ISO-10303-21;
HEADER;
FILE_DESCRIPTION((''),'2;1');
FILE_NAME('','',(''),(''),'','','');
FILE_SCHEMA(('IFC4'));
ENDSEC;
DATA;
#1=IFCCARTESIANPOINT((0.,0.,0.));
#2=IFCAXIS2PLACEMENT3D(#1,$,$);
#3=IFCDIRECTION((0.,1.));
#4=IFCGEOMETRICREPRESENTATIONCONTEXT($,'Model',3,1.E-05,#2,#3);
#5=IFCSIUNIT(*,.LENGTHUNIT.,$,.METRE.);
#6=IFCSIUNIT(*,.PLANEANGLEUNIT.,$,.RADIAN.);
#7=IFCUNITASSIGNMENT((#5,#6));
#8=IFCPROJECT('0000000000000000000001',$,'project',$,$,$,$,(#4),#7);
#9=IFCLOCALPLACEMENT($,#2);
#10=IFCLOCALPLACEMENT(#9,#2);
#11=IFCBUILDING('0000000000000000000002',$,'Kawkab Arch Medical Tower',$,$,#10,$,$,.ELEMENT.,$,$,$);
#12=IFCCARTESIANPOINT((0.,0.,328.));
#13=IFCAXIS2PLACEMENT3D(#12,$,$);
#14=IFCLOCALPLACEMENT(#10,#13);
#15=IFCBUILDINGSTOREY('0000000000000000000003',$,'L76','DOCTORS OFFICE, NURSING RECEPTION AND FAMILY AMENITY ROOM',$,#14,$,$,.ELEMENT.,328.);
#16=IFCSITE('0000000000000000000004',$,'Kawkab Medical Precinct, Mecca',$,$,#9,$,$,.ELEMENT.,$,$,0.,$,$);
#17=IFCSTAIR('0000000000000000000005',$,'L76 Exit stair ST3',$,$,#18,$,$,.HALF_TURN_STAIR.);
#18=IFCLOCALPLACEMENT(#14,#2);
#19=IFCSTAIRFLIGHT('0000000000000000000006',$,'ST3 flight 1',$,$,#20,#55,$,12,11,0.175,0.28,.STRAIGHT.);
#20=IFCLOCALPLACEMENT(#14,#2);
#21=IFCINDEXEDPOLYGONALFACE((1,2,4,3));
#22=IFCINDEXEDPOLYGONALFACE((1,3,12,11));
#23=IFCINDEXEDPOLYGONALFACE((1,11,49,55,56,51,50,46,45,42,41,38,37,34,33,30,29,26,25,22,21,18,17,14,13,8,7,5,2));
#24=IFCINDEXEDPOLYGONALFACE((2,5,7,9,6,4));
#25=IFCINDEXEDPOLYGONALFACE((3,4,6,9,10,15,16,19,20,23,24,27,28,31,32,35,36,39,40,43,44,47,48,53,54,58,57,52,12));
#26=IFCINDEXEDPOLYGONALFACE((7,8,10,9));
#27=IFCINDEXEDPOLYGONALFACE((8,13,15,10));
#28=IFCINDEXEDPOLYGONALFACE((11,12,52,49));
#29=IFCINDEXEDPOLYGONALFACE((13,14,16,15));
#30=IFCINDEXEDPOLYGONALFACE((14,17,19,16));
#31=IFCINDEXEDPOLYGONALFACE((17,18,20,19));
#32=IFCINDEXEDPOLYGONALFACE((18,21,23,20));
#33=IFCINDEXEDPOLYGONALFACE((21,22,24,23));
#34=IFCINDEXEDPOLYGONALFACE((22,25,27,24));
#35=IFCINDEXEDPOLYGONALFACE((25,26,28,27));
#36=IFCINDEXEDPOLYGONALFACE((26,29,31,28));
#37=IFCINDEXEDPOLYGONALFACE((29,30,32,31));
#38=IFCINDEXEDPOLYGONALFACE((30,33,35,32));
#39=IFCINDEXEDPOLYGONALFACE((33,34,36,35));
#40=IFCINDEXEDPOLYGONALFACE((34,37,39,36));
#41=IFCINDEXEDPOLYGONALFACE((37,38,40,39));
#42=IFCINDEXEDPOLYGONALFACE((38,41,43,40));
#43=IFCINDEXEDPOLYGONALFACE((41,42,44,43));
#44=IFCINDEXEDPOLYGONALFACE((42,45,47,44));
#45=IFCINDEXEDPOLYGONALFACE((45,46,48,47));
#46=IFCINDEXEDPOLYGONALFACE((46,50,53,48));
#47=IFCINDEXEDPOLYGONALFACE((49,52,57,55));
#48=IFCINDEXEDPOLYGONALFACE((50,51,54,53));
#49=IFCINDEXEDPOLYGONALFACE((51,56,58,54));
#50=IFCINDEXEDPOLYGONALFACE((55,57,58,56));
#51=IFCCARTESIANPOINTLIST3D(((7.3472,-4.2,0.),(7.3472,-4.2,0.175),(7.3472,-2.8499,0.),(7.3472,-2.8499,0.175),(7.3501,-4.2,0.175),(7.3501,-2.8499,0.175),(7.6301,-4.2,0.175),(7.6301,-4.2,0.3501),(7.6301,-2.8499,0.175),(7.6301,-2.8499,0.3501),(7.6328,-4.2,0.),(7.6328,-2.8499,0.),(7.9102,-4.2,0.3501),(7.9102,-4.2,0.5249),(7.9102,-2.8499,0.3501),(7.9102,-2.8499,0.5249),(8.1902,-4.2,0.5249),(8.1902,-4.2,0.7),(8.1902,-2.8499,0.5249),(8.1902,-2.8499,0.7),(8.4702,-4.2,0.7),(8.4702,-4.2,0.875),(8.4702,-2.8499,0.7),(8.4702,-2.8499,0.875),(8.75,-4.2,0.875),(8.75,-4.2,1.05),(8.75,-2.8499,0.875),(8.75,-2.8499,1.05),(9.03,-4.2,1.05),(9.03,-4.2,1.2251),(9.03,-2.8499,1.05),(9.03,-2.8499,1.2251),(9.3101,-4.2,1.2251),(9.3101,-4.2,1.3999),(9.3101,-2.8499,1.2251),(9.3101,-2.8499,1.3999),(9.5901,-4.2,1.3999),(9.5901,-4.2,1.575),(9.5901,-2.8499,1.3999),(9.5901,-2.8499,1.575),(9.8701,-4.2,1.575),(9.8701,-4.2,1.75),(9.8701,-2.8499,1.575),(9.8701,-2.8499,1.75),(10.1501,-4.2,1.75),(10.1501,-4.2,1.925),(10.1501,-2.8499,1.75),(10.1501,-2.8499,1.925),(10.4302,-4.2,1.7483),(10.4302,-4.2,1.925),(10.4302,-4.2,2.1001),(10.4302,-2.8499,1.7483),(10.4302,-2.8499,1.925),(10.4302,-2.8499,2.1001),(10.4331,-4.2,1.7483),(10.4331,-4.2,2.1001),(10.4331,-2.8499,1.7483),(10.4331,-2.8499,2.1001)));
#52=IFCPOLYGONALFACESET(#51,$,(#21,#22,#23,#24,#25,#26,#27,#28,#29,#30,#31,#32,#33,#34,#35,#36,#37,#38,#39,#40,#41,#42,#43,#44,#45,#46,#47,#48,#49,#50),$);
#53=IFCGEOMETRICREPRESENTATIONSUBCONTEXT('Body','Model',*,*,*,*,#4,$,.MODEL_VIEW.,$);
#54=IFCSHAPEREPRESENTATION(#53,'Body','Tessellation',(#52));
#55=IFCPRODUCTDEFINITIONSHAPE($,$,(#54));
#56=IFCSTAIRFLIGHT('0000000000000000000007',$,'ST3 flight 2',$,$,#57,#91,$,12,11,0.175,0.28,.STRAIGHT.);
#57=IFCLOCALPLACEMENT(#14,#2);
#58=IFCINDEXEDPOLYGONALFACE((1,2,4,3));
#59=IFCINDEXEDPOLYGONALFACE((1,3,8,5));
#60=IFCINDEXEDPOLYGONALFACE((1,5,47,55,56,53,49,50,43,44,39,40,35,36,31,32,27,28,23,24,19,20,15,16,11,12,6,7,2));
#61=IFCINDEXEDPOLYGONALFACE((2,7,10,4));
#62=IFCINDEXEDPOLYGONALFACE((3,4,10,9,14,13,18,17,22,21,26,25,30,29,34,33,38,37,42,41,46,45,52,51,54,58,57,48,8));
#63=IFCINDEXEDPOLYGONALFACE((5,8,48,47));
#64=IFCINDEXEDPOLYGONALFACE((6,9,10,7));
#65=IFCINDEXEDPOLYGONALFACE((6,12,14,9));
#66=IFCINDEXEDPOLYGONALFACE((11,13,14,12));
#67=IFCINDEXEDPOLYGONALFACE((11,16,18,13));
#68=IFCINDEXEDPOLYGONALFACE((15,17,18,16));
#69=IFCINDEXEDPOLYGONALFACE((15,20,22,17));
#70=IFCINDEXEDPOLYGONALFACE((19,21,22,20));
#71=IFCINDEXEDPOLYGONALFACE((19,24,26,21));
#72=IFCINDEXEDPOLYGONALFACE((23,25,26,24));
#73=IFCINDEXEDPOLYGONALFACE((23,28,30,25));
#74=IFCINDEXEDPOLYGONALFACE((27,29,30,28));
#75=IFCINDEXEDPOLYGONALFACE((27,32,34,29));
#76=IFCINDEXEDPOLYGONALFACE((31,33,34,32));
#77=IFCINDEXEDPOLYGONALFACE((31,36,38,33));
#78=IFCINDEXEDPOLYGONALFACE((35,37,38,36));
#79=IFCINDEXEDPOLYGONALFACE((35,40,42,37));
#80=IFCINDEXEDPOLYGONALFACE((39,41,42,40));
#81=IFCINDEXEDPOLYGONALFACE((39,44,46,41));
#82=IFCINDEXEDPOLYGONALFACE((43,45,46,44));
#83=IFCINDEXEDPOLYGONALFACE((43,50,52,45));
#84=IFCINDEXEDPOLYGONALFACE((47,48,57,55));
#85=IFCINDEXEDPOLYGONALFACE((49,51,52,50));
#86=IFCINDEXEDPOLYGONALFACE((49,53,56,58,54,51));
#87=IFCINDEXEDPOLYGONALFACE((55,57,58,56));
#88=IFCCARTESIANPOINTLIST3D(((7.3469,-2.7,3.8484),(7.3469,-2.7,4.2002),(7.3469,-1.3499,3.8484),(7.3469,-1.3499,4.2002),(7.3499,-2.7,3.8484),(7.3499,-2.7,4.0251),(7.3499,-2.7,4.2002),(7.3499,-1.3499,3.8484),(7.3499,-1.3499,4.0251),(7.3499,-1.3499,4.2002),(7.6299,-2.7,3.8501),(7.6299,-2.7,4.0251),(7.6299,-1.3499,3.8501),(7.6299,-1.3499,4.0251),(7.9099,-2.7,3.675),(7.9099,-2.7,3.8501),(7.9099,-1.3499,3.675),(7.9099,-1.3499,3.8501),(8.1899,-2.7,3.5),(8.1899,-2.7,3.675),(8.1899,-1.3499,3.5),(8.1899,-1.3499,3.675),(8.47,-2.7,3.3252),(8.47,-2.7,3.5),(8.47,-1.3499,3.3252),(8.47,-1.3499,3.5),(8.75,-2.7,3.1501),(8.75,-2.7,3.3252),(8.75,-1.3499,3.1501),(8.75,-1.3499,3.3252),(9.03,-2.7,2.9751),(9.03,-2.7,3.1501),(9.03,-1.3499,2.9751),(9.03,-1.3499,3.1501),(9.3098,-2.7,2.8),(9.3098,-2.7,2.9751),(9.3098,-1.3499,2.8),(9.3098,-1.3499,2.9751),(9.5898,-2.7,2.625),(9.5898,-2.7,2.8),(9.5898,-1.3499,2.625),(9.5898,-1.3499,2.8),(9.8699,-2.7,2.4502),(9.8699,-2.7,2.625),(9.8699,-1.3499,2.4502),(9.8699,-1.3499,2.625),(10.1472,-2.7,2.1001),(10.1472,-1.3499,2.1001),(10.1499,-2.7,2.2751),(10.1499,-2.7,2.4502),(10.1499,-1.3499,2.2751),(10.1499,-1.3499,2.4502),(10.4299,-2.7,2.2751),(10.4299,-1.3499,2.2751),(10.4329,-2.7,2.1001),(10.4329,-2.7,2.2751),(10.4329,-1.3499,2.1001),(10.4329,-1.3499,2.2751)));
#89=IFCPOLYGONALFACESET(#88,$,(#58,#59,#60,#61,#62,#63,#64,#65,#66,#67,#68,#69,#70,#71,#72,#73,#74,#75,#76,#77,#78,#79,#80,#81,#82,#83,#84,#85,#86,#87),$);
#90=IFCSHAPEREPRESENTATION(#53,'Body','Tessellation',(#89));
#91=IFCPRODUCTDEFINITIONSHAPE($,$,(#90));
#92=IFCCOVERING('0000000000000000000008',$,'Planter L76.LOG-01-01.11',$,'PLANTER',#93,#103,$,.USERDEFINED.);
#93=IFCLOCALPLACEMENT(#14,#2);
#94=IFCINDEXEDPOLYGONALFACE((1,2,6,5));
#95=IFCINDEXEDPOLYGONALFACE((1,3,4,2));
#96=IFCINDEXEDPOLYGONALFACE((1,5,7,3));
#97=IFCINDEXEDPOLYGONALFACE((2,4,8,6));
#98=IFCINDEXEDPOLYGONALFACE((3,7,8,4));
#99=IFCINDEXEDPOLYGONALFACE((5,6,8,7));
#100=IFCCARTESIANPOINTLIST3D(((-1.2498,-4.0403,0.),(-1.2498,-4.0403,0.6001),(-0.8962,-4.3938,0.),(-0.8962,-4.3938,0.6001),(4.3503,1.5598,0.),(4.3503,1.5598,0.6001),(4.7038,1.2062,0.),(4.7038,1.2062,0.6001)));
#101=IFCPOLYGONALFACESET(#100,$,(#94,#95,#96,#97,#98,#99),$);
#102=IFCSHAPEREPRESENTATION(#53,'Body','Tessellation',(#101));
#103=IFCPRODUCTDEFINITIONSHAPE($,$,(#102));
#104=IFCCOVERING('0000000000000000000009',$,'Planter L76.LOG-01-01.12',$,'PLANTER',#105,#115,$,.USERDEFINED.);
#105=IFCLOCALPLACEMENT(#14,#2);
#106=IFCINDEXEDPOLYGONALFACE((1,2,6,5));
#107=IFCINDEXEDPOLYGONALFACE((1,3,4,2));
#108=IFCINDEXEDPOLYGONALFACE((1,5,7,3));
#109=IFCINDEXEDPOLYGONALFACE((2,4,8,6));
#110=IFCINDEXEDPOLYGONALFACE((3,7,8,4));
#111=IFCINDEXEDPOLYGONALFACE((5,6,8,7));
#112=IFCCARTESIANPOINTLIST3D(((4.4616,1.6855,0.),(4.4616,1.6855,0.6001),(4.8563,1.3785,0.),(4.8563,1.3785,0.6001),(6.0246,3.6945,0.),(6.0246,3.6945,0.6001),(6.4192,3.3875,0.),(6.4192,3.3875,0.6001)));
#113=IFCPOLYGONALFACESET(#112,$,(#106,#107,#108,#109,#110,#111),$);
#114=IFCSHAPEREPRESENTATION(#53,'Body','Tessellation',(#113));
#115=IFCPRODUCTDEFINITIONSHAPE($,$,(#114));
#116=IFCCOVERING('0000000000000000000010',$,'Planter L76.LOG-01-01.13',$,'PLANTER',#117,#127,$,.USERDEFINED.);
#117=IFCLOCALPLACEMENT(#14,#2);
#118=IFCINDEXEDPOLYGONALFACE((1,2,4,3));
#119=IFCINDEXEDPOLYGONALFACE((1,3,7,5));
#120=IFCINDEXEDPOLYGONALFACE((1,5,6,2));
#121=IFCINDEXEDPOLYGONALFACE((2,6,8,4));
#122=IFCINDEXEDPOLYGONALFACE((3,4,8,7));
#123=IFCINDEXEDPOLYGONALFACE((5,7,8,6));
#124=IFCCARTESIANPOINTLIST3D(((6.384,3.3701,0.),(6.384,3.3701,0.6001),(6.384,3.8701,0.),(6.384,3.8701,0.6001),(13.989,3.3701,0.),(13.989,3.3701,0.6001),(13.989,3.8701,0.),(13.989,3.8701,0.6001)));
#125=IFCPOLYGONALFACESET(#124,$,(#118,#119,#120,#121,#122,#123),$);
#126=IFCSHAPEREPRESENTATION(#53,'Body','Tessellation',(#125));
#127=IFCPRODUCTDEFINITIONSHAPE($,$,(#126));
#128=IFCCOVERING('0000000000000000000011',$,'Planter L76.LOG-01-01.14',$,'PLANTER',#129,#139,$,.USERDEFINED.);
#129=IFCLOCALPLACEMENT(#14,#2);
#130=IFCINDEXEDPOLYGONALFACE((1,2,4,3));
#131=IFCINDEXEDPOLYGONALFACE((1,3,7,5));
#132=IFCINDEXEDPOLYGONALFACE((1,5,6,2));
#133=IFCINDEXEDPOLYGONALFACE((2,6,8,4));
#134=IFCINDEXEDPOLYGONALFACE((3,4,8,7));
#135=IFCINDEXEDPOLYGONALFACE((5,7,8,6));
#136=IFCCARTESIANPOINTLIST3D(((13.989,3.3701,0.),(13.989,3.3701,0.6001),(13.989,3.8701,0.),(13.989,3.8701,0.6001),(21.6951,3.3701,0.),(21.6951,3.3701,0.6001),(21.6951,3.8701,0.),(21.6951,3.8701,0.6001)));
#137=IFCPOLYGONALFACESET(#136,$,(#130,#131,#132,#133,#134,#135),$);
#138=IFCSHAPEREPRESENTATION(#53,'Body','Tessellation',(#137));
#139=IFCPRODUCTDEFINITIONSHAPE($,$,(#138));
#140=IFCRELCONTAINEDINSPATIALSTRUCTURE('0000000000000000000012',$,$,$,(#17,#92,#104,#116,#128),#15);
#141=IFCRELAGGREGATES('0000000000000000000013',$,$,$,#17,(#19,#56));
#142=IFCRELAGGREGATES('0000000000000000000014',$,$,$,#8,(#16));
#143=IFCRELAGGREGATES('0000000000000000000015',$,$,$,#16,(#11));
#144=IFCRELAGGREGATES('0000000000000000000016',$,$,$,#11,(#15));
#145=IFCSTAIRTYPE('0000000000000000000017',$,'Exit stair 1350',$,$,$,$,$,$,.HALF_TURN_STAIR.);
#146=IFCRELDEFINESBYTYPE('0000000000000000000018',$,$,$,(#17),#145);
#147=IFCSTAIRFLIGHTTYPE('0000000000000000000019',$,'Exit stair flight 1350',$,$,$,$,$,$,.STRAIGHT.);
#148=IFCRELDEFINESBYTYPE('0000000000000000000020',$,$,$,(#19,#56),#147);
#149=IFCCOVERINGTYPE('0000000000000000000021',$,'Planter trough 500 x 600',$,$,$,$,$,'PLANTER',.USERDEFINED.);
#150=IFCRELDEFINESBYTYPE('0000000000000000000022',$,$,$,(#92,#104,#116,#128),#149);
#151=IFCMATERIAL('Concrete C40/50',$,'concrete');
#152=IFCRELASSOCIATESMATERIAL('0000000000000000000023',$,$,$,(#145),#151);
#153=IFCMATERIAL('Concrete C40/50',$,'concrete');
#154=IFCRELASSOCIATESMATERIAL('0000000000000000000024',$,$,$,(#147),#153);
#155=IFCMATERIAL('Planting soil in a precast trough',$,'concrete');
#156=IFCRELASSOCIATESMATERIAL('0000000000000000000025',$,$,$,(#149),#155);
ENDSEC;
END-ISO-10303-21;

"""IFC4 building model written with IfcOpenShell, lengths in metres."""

from ifc_helpers import new_model, si_unit, direction, frame, origin, origin_2d, place, context, subcontext, project, spatial, polyline, rectangle, outline, extrude, material, material_profile, profile_set, type_object, element, aggregate, save


model = new_model("IFC4")

# Units and contexts
model_context = context("Model", 3, precision=1e-05, world=origin(), true_north=direction((0.0, 1.0)))
body_context = subcontext(model_context, "Body", "Model", "MODEL_VIEW")
ifc_project = project(units=[si_unit("LENGTHUNIT", "METRE"), si_unit("PLANEANGLEUNIT", "RADIAN")], contexts=[model_context])

# Site, building, storey
site_placement = place(None, origin())
site = spatial("IfcSite", under=ifc_project, at=site_placement, Name="Kawkab Medical Precinct, Mecca", CompositionType="ELEMENT", RefElevation=0.0)
building_placement = place(site_placement, origin())
building = spatial("IfcBuilding", under=site, at=building_placement, Name="Kawkab Arch Medical Tower", CompositionType="ELEMENT")
storey_placement = place(building_placement, frame((0.0, 0.0, 328.0)))
storey = spatial("IfcBuildingStorey", under=building, at=storey_placement, Name="L76", Description="DOCTORS OFFICE, NURSING RECEPTION AND FAMILY AMENITY ROOM", CompositionType="ELEMENT", Elevation=328.0)

# Shared definitions
placement_1 = place(storey_placement, origin())

# Stair
ifc_material_1 = material(Name="Concrete C40/50", Category="concrete")
stair_type = type_object("IfcStairType", Name="Exit stair 1350", PredefinedType="HALF_TURN_STAIR", material=ifc_material_1)
stair_1 = element("IfcStair", 1, at=placement_1, inside=storey, type_object=stair_type, Name="L76 Exit stair ST3", PredefinedType="HALF_TURN_STAIR")

# Stair flights
ifc_material_2 = material(Name="Concrete C40/50", Category="concrete")
stair_flight_type = type_object("IfcStairFlightType", Name="Exit stair flight 1350", PredefinedType="STRAIGHT", material=ifc_material_2)
stair_flight_1_placement = place(storey_placement, frame((7.3501, -3.5249, 0.0), z_axis=(0.0, 0.0, 1.0), x_axis=(1.0, 0.0, 0.0)))
stair_flight_1 = element("IfcStairFlight", 2, at=stair_flight_1_placement, type_object=stair_flight_type, Name="ST3 flight 1", NumberOfRisers=12, NumberOfTreads=11, PredefinedType="STRAIGHT", RiserHeight=0.175, TreadLength=0.28, context=body_context, shape_type="SweptSolid", body=[
    extrude(outline(polyline([(-0.0029, 0.0), (-0.0029, 0.175), (0.0, 0.175), (0.28, 0.175), (0.28, 0.3501), (0.5601, 0.3501), (0.5601, 0.5249), (0.8401, 0.5249), (0.8401, 0.7), (1.1201, 0.7), (1.1201, 0.875), (1.3999, 0.875), (1.3999, 1.05), (1.6799, 1.05), (1.6799, 1.2251), (1.96, 1.2251), (1.96, 1.3999), (2.24, 1.3999), (2.24, 1.575), (2.52, 1.575), (2.52, 1.75), (2.8, 1.75), (2.8, 1.925), (3.0801, 1.925), (3.0801, 2.1001), (3.083, 2.1001), (3.083, 1.7483), (3.0801, 1.7483), (0.2827, 0.0), (-0.0029, 0.0)])), frame((0.0, 0.675, 0.0), z_axis=(0.0, -1.0, 0.0), x_axis=(1.0, 0.0, 0.0)), (0.0, 0.0, 1.0), 1.3501),
])
stair_flight_2_placement = place(storey_placement, frame((10.4299, -2.0249, 2.1001), z_axis=(0.0, 0.0, 1.0), x_axis=(-1.0, 0.0, 0.0)))
stair_flight_2 = element("IfcStairFlight", 3, at=stair_flight_2_placement, type_object=stair_flight_type, Name="ST3 flight 2", NumberOfRisers=12, NumberOfTreads=11, PredefinedType="STRAIGHT", RiserHeight=0.175, TreadLength=0.28, context=body_context, shape_type="SweptSolid", body=[
    extrude(outline(polyline([(-0.0029, 0.0), (-0.0029, 0.175), (0.0, 0.175), (0.28, 0.175), (0.28, 0.3501), (0.5601, 0.3501), (0.5601, 0.5249), (0.8401, 0.5249), (0.8401, 0.7), (1.1201, 0.7), (1.1201, 0.875), (1.3999, 0.875), (1.3999, 1.05), (1.6799, 1.05), (1.6799, 1.2251), (1.96, 1.2251), (1.96, 1.3999), (2.24, 1.3999), (2.24, 1.575), (2.52, 1.575), (2.52, 1.75), (2.8, 1.75), (2.8, 1.925), (3.0801, 1.925), (3.0801, 2.1001), (3.083, 2.1001), (3.083, 1.7483), (3.0801, 1.7483), (0.2827, 0.0), (-0.0029, 0.0)])), frame((0.0, 0.675, 0.0), z_axis=(0.0, -1.0, 0.0), x_axis=(1.0, 0.0, 0.0)), (0.0, 0.0, 1.0), 1.3501),
])
aggregate(stair_1, [stair_flight_1, stair_flight_2])

# Coverings
ifc_material_3 = material(Name="Planting soil in a precast trough", Category="concrete")
ifc_material_profile_1 = material_profile(ifc_material_3, rectangle(XDim=0.5, YDim=0.6001, at=origin_2d()), Name="Trough 500x600")
ifc_profile_set_1 = profile_set([ifc_material_profile_1], Name="Planting soil in a precast trough")
covering_type = type_object("IfcCoveringType", Name="Planter trough 500 x 600", ElementType="PLANTER", PredefinedType="USERDEFINED", material=ifc_profile_set_1)
covering_1_placement = place(storey_placement, frame((-1.073, -4.217, 0.3), z_axis=(0.707107, 0.707107, 0.0), x_axis=(-0.707107, 0.707107, 0.0)))
element("IfcCovering", 4, at=covering_1_placement, inside=storey, type_object=covering_type, Name="Planter L76.LOG-01-01.11", ObjectType="PLANTER", PredefinedType="USERDEFINED", context=body_context, shape_type="SweptSolid", body=[
    extrude(rectangle(XDim=0.5, YDim=0.6001, at=origin_2d()), origin(), (0.0, 0.0, 1.0), 7.9197),
])
covering_2_placement = place(storey_placement, frame((4.6589, 1.532, 0.3), z_axis=(0.61404, 0.789275, 0.0), x_axis=(-0.789275, 0.61404, 0.0)))
element("IfcCovering", 5, at=covering_2_placement, inside=storey, type_object=covering_type, Name="Planter L76.LOG-01-01.12", ObjectType="PLANTER", PredefinedType="USERDEFINED", context=body_context, shape_type="SweptSolid", body=[
    extrude(rectangle(XDim=0.5, YDim=0.6001, at=origin_2d()), origin(), (0.0, 0.0, 1.0), 2.5454),
])
covering_3_placement = place(storey_placement, frame((6.384, 3.6201, 0.3), z_axis=(1.0, 0.0, 0.0), x_axis=(0.0, 1.0, 0.0)))
element("IfcCovering", 6, at=covering_3_placement, inside=storey, type_object=covering_type, Name="Planter L76.LOG-01-01.13", ObjectType="PLANTER", PredefinedType="USERDEFINED", context=body_context, shape_type="SweptSolid", body=[
    extrude(rectangle(XDim=0.5, YDim=0.6001, at=origin_2d()), origin(), (0.0, 0.0, 1.0), 7.605),
])
covering_4_placement = place(storey_placement, frame((13.989, 3.6201, 0.3), z_axis=(1.0, 0.0, 0.0), x_axis=(0.0, 1.0, 0.0)))
element("IfcCovering", 7, at=covering_4_placement, inside=storey, type_object=covering_type, Name="Planter L76.LOG-01-01.14", ObjectType="PLANTER", PredefinedType="USERDEFINED", context=body_context, shape_type="SweptSolid", body=[
    extrude(rectangle(XDim=0.5, YDim=0.6001, at=origin_2d()), origin(), (0.0, 0.0, 1.0), 7.7061),
])

save(model, "model.ifc")
